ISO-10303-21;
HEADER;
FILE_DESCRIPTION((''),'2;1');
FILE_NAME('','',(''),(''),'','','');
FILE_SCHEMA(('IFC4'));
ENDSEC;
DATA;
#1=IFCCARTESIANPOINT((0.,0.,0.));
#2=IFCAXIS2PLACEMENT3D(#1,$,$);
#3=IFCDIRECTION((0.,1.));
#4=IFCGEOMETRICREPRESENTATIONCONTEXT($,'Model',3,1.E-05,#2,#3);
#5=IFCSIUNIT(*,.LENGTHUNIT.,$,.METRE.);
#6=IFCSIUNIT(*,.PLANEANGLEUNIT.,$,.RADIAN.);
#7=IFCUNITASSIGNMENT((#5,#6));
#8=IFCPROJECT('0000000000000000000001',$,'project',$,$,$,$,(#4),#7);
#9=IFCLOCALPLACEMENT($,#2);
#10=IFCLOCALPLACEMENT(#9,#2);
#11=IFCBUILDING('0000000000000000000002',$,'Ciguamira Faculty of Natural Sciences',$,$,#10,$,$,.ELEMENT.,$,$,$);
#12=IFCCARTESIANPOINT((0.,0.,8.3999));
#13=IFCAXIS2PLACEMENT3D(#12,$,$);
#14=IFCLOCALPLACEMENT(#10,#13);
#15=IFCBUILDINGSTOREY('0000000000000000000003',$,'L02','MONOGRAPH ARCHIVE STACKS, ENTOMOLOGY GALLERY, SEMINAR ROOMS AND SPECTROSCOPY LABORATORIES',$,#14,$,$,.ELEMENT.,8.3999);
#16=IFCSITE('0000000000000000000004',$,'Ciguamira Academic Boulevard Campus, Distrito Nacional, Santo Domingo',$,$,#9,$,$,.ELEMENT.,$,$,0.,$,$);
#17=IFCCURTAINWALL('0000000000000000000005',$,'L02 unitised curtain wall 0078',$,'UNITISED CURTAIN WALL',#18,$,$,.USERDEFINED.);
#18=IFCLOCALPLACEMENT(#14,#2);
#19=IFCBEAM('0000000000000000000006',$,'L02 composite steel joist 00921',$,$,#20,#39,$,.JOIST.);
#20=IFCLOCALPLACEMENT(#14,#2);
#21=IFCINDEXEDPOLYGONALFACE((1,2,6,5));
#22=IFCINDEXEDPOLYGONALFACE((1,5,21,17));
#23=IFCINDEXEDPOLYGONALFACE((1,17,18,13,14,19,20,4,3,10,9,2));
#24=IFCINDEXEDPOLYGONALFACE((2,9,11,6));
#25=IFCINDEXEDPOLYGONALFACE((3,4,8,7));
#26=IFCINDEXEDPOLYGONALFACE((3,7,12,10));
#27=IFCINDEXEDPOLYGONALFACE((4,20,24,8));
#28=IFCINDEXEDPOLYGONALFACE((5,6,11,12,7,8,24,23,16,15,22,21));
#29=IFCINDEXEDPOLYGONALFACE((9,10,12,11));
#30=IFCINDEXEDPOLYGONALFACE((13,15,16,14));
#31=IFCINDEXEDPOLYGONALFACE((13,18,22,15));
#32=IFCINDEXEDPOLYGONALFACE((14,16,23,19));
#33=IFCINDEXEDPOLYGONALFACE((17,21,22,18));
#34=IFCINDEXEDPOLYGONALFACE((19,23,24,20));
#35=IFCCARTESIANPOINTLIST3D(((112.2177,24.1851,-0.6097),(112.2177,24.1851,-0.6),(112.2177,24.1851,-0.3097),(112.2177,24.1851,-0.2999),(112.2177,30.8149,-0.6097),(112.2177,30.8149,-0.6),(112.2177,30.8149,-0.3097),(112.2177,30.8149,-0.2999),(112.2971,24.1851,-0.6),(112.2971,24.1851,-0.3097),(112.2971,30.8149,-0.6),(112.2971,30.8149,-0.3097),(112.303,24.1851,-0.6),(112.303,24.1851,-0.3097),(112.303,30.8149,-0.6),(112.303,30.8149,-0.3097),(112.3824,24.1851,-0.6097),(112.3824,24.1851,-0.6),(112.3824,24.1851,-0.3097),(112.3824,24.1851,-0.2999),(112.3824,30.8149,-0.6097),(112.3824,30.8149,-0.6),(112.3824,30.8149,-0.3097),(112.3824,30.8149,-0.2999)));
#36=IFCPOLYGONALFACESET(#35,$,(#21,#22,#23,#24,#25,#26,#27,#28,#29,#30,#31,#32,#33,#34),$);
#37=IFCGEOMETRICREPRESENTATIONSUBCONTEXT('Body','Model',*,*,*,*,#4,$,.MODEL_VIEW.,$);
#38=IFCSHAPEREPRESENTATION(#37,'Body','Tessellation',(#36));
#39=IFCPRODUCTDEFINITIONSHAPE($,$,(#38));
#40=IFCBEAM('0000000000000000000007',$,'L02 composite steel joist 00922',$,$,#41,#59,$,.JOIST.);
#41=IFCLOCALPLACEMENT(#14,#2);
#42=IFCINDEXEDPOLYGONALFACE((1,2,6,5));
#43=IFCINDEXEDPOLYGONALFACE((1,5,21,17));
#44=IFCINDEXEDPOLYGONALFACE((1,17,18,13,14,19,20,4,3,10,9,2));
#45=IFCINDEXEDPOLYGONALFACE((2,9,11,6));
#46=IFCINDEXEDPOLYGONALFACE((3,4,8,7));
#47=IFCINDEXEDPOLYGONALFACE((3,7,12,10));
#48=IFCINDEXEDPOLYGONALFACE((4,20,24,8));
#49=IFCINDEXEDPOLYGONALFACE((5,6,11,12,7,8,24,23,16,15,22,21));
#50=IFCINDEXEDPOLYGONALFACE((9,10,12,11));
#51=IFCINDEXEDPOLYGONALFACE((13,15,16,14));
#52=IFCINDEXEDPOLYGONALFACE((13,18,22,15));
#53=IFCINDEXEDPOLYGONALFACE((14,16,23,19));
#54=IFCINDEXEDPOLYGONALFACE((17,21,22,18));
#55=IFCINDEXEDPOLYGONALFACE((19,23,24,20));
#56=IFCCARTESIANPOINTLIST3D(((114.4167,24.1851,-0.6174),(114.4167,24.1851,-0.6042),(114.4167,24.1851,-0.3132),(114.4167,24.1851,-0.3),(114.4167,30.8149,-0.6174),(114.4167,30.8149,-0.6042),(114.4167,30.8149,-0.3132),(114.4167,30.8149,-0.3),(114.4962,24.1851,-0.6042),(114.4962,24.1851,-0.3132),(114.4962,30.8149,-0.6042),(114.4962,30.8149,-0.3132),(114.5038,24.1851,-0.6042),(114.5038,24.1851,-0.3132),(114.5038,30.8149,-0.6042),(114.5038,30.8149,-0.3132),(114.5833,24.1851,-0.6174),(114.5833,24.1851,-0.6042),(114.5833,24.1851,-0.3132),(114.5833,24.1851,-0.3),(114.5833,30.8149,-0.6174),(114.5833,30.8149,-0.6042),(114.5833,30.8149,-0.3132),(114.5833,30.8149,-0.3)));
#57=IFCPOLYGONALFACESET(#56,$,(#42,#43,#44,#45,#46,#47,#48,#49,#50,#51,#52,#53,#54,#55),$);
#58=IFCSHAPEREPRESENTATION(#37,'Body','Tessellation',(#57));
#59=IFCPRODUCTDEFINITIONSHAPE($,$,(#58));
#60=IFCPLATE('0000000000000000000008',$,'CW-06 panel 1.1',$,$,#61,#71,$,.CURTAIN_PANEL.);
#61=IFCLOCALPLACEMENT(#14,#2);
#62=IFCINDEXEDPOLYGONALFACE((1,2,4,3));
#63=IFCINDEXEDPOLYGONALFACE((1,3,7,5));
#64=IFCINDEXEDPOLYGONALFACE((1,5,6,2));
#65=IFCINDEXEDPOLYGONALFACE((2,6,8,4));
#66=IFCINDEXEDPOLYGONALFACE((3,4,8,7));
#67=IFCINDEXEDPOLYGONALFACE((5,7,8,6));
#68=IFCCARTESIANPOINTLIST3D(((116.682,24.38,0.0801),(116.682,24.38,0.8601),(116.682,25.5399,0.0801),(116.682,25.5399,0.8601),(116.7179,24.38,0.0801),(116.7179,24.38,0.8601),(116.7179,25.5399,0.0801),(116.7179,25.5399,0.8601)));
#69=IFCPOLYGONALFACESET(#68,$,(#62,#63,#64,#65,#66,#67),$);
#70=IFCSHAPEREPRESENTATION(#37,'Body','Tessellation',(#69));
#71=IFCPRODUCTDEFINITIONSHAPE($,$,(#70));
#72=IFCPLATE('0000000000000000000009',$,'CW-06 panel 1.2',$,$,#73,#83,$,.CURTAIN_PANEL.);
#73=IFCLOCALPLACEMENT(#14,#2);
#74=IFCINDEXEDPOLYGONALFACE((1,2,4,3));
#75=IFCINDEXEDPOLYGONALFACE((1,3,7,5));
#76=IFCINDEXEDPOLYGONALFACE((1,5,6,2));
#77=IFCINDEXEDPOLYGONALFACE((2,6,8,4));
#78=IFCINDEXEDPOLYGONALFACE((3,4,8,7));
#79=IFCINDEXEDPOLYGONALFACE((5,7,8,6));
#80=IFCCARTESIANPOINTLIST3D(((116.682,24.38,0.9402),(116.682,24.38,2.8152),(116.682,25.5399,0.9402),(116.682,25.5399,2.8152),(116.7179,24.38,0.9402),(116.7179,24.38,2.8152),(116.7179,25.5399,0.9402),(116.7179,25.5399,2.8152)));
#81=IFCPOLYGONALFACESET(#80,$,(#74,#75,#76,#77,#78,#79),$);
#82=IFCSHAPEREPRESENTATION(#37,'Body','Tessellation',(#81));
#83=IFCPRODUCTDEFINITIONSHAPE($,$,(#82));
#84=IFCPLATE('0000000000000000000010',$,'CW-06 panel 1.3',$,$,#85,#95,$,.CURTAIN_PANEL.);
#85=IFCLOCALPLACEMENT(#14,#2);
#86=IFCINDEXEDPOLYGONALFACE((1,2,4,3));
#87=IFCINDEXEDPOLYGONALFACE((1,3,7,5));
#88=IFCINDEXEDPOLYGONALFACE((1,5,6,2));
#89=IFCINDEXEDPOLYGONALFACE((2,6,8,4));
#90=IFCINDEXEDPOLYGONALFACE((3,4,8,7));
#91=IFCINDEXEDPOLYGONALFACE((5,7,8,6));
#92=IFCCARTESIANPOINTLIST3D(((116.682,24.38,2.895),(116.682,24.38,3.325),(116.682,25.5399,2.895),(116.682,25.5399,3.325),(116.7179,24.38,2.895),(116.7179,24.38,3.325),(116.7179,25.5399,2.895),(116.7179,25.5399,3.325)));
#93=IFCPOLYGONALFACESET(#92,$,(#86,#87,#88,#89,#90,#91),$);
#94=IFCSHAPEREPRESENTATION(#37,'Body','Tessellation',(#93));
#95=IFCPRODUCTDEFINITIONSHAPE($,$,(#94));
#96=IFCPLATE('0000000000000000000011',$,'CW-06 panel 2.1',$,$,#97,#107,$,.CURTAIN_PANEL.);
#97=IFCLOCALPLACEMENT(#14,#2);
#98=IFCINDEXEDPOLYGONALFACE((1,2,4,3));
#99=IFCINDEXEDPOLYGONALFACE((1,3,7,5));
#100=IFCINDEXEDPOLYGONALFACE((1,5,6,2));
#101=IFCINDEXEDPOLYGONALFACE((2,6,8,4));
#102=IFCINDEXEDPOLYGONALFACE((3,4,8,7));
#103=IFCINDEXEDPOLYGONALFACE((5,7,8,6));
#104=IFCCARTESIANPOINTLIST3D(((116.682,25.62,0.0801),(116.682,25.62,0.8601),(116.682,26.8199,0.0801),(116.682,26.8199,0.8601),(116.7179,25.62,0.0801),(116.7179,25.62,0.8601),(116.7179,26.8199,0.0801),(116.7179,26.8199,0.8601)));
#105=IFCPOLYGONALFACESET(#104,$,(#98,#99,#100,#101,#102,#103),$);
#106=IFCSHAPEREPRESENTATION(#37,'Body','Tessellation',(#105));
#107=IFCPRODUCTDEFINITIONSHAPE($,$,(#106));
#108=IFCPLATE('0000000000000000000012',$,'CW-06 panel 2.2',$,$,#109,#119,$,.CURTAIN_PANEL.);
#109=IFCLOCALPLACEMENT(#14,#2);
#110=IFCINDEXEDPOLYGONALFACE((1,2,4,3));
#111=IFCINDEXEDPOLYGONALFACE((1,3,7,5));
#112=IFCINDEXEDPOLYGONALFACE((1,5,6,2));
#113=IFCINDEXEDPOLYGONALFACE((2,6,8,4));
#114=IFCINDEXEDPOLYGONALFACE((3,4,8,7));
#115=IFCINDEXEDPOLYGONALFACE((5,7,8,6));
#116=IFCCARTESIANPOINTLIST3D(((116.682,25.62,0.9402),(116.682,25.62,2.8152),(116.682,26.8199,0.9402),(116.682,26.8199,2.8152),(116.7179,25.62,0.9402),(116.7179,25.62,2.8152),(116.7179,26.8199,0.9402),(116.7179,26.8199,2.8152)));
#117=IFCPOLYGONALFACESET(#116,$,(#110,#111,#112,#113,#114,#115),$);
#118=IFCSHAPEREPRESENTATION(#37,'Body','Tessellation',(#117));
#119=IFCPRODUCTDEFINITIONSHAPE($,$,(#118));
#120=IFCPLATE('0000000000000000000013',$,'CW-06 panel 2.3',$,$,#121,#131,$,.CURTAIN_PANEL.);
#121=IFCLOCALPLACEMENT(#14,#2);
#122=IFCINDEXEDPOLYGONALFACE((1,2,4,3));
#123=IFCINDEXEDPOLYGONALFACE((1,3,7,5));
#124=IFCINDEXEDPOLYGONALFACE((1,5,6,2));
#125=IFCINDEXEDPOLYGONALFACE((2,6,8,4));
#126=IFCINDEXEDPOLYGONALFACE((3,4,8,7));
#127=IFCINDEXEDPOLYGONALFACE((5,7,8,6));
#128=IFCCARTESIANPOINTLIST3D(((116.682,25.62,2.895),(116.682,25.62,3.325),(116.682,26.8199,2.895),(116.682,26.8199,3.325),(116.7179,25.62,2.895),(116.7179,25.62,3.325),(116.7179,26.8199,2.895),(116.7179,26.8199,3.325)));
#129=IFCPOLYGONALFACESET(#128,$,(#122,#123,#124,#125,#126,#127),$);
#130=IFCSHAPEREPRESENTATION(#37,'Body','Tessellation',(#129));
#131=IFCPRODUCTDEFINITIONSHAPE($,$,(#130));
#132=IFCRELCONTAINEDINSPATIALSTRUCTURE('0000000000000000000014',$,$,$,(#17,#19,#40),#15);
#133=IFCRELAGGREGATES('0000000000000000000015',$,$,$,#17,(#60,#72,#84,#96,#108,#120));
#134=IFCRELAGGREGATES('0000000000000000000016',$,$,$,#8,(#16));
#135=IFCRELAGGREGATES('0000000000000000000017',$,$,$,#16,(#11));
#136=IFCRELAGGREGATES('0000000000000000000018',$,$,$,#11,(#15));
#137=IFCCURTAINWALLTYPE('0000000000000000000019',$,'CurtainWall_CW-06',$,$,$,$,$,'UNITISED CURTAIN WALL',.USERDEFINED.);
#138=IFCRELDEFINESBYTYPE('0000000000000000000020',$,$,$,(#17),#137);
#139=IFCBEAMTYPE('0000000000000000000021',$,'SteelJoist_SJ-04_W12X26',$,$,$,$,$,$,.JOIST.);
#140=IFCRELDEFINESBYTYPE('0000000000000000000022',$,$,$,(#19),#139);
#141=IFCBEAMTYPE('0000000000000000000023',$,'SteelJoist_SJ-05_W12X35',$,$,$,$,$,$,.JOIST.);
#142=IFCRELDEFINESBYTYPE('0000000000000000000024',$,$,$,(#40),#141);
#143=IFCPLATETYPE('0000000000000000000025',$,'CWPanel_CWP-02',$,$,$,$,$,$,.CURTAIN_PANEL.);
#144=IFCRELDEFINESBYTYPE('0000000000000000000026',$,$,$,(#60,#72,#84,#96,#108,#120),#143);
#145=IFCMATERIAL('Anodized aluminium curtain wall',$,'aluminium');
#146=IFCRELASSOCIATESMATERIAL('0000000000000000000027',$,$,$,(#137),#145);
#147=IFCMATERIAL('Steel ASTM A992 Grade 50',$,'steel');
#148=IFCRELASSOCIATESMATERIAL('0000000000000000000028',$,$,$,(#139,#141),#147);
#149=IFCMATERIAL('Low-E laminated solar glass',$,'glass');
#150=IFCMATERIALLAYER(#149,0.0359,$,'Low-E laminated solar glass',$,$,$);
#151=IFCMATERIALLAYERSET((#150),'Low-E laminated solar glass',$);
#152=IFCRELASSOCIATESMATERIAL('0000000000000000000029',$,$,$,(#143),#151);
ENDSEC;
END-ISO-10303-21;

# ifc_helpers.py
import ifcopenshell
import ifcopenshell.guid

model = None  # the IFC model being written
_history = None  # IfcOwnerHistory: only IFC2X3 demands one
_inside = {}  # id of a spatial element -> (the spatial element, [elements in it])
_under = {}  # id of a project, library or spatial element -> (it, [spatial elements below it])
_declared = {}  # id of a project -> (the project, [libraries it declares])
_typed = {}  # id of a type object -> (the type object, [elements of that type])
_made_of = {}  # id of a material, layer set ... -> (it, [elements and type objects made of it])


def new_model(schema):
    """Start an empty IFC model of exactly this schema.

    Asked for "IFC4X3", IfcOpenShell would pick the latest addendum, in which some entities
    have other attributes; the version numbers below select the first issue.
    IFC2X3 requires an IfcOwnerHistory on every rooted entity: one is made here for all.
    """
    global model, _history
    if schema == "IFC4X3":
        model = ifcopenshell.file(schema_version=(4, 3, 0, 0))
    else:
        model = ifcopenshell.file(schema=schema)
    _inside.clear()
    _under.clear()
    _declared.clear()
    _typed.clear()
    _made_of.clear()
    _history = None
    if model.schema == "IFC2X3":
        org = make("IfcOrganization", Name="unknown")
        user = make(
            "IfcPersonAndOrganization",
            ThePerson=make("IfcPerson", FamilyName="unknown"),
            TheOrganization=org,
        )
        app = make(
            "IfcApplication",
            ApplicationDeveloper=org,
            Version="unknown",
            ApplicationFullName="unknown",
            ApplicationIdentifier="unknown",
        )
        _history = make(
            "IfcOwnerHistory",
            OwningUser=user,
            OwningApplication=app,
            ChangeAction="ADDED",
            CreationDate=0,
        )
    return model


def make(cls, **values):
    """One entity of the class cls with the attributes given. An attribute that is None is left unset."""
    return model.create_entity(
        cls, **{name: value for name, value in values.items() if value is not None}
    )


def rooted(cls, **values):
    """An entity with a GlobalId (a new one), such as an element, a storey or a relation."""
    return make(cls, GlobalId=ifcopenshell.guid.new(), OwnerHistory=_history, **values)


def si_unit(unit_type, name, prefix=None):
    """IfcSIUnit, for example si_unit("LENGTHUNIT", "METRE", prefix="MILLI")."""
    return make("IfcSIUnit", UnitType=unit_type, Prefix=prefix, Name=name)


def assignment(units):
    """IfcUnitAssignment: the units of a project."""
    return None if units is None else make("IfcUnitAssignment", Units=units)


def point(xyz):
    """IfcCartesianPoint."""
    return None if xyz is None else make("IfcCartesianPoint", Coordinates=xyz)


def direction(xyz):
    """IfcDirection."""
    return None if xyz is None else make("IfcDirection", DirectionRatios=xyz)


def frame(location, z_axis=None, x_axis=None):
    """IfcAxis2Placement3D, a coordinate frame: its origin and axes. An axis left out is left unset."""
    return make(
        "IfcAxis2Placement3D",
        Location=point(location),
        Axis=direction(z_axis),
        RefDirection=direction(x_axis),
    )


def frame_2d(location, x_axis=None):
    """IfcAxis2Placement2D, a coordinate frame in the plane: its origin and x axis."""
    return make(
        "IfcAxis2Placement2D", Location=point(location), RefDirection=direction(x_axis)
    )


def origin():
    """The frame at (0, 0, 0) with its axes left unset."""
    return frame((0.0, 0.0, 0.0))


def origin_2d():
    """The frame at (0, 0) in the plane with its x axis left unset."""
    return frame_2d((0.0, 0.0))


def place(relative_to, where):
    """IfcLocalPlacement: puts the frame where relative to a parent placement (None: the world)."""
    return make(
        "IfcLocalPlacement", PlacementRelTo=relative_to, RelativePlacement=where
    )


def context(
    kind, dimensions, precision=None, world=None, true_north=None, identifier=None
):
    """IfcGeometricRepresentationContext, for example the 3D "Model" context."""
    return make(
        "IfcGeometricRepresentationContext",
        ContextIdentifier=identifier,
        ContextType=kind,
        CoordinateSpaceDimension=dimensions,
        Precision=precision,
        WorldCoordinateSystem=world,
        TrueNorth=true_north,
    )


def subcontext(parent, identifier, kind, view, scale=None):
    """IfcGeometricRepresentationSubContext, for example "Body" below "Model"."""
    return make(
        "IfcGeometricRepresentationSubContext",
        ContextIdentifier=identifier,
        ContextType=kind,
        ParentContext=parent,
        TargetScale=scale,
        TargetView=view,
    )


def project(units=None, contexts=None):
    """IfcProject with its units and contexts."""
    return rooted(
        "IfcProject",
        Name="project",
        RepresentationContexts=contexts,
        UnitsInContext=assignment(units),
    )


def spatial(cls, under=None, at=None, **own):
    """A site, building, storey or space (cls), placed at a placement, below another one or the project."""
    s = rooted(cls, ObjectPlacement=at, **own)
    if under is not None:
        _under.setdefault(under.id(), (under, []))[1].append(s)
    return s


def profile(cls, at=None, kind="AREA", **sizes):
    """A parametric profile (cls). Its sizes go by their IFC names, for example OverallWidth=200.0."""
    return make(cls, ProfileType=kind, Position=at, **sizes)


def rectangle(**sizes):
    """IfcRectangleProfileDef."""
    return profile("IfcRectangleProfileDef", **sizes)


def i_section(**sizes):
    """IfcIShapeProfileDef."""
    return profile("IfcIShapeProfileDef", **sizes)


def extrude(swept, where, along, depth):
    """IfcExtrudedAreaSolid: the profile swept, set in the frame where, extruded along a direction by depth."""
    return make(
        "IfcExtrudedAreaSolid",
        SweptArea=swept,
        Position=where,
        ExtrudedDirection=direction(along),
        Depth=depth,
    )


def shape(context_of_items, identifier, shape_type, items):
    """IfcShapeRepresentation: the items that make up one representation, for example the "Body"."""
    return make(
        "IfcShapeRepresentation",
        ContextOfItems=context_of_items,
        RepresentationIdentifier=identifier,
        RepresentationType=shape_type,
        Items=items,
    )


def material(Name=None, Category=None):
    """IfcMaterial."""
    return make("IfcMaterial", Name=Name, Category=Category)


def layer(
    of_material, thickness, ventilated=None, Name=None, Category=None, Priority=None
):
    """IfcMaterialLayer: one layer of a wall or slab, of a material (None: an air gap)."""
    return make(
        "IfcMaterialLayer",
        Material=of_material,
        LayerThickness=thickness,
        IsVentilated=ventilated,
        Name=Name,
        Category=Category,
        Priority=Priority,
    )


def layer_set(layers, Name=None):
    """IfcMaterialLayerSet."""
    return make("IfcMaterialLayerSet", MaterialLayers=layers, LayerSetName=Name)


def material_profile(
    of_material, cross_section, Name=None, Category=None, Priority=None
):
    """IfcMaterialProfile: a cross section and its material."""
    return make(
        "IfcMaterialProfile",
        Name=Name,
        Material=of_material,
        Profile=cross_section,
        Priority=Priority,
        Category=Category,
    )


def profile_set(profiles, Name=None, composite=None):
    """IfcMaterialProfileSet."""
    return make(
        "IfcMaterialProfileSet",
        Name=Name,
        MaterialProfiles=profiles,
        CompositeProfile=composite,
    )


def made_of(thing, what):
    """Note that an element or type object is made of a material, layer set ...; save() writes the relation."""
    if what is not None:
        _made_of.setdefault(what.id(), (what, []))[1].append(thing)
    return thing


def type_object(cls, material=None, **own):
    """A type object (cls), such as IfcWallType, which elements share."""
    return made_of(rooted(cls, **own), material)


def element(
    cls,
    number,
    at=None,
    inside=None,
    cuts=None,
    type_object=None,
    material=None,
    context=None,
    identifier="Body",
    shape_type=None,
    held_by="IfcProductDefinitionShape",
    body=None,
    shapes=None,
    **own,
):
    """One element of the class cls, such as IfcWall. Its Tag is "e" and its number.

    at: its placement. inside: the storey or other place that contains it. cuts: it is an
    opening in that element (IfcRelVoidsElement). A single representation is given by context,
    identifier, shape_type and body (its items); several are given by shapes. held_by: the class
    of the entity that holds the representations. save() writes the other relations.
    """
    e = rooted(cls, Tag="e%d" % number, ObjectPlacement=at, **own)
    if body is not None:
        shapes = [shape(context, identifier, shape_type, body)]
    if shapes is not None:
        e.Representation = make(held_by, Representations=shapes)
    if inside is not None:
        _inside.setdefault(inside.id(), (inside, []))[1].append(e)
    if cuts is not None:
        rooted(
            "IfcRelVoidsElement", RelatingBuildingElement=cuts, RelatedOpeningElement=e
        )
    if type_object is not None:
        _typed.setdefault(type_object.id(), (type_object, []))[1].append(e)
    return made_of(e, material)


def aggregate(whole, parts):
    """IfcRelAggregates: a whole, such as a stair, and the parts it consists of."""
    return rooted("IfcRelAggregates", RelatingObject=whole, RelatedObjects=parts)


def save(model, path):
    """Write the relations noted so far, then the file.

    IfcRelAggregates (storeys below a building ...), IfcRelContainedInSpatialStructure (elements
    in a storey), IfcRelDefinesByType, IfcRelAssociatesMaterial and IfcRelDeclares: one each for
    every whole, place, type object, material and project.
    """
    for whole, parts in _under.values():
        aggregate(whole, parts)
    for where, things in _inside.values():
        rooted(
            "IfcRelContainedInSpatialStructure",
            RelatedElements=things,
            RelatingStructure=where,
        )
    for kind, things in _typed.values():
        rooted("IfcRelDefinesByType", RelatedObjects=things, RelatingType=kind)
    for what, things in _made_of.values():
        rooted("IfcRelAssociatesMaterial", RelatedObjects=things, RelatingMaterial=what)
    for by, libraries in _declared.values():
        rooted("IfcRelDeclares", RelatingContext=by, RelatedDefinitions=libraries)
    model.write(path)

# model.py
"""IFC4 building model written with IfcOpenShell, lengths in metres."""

from ifc_helpers import new_model, si_unit, direction, frame, origin, origin_2d, place, context, subcontext, project, spatial, rectangle, i_section, extrude, material, layer, layer_set, material_profile, profile_set, type_object, element, aggregate, save


model = new_model("IFC4")

# Units and contexts
model_context = context("Model", 3, precision=1e-05, world=origin(), true_north=direction((0.0, 1.0)))
body_context = subcontext(model_context, "Body", "Model", "MODEL_VIEW")
ifc_project = project(units=[si_unit("LENGTHUNIT", "METRE"), si_unit("PLANEANGLEUNIT", "RADIAN")], contexts=[model_context])

# Site, building, storey
site_placement = place(None, origin())
site = spatial("IfcSite", under=ifc_project, at=site_placement, Name="Ciguamira Academic Boulevard Campus, Distrito Nacional, Santo Domingo", CompositionType="ELEMENT", RefElevation=0.0)
building_placement = place(site_placement, origin())
building = spatial("IfcBuilding", under=site, at=building_placement, Name="Ciguamira Faculty of Natural Sciences", CompositionType="ELEMENT")
storey_placement = place(building_placement, frame((0.0, 0.0, 8.3999)))
storey = spatial("IfcBuildingStorey", under=building, at=storey_placement, Name="L02", Description="MONOGRAPH ARCHIVE STACKS, ENTOMOLOGY GALLERY, SEMINAR ROOMS AND SPECTROSCOPY LABORATORIES", CompositionType="ELEMENT", Elevation=8.3999)

# Curtain wall
ifc_material_1 = material(Name="Anodized aluminium curtain wall", Category="aluminium")
curtain_wall_type = type_object("IfcCurtainWallType", Name="CurtainWall_CW-06", ElementType="UNITISED CURTAIN WALL", PredefinedType="USERDEFINED", material=ifc_material_1)
curtain_wall_placement = place(storey_placement, origin())
curtain_wall = element("IfcCurtainWall", 1, at=curtain_wall_placement, inside=storey, type_object=curtain_wall_type, Name="L02 unitised curtain wall 0078", ObjectType="UNITISED CURTAIN WALL", PredefinedType="USERDEFINED")

# Beams
ifc_material_2 = material(Name="Steel ASTM A992 Grade 50", Category="steel")
ifc_material_profile_1 = material_profile(ifc_material_2, i_section(OverallWidth=0.1648, OverallDepth=0.3098, WebThickness=0.0059, FlangeThickness=0.0098, at=origin_2d()), Name="W12X26")
ifc_profile_set_1 = profile_set([ifc_material_profile_1], Name="Steel ASTM A992 Grade 50")
beam_type_1 = type_object("IfcBeamType", Name="SteelJoist_SJ-04_W12X26", PredefinedType="JOIST", material=ifc_profile_set_1)
beam_1_placement = place(storey_placement, frame((112.3, 24.1851, -0.4548), z_axis=(0.0, 1.0, 0.0), x_axis=(-1.0, 0.0, 0.0)))
element("IfcBeam", 2, at=beam_1_placement, inside=storey, type_object=beam_type_1, Name="L02 composite steel joist 00921", PredefinedType="JOIST", context=body_context, shape_type="SweptSolid", body=[
    extrude(i_section(OverallWidth=0.1648, OverallDepth=0.3098, WebThickness=0.0059, FlangeThickness=0.0098, at=origin_2d()), origin(), (0.0, 0.0, 1.0), 6.6299),
])
ifc_material_profile_2 = material_profile(ifc_material_2, i_section(OverallWidth=0.1665, OverallDepth=0.3174, WebThickness=0.0076, FlangeThickness=0.0132, at=origin_2d()), Name="W12X35")
ifc_profile_set_2 = profile_set([ifc_material_profile_2], Name="Steel ASTM A992 Grade 50")
beam_type_2 = type_object("IfcBeamType", Name="SteelJoist_SJ-05_W12X35", PredefinedType="JOIST", material=ifc_profile_set_2)
beam_2_placement = place(storey_placement, frame((114.5, 24.1851, -0.4587), z_axis=(0.0, 1.0, 0.0), x_axis=(-1.0, 0.0, 0.0)))
element("IfcBeam", 3, at=beam_2_placement, inside=storey, type_object=beam_type_2, Name="L02 composite steel joist 00922", PredefinedType="JOIST", context=body_context, shape_type="SweptSolid", body=[
    extrude(i_section(OverallWidth=0.1665, OverallDepth=0.3174, WebThickness=0.0076, FlangeThickness=0.0132, at=origin_2d()), origin(), (0.0, 0.0, 1.0), 6.6299),
])

# Plates
ifc_material_3 = material(Name="Low-E laminated solar glass", Category="glass")
ifc_layer = layer(ifc_material_3, 0.0359, Name="Low-E laminated solar glass")
ifc_layer_set = layer_set([ifc_layer], Name="Low-E laminated solar glass")
plate_type = type_object("IfcPlateType", Name="CWPanel_CWP-02", PredefinedType="CURTAIN_PANEL", material=ifc_layer_set)
plate_1_placement = place(storey_placement, frame((116.7, 24.96, 0.0801), z_axis=(0.0, 0.0, 1.0), x_axis=(0.0, 1.0, 0.0)))
plate_1 = element("IfcPlate", 4, at=plate_1_placement, type_object=plate_type, Name="CW-06 panel 1.1", PredefinedType="CURTAIN_PANEL", context=body_context, shape_type="SweptSolid", body=[
    extrude(rectangle(XDim=1.1599, YDim=0.0359, at=origin_2d()), origin(), (0.0, 0.0, 1.0), 0.78),
])
plate_2_placement = place(storey_placement, frame((116.7, 24.96, 0.9402), z_axis=(0.0, 0.0, 1.0), x_axis=(0.0, 1.0, 0.0)))
plate_2 = element("IfcPlate", 5, at=plate_2_placement, type_object=plate_type, Name="CW-06 panel 1.2", PredefinedType="CURTAIN_PANEL", context=body_context, shape_type="SweptSolid", body=[
    extrude(rectangle(XDim=1.1599, YDim=0.0359, at=origin_2d()), origin(), (0.0, 0.0, 1.0), 1.875),
])
plate_3_placement = place(storey_placement, frame((116.7, 24.96, 2.895), z_axis=(0.0, 0.0, 1.0), x_axis=(0.0, 1.0, 0.0)))
plate_3 = element("IfcPlate", 6, at=plate_3_placement, type_object=plate_type, Name="CW-06 panel 1.3", PredefinedType="CURTAIN_PANEL", context=body_context, shape_type="SweptSolid", body=[
    extrude(rectangle(XDim=1.1599, YDim=0.0359, at=origin_2d()), origin(), (0.0, 0.0, 1.0), 0.4299),
])
plate_4_placement = place(storey_placement, frame((116.7, 26.22, 0.0801), z_axis=(0.0, 0.0, 1.0), x_axis=(0.0, 1.0, 0.0)))
plate_4 = element("IfcPlate", 7, at=plate_4_placement, type_object=plate_type, Name="CW-06 panel 2.1", PredefinedType="CURTAIN_PANEL", context=body_context, shape_type="SweptSolid", body=[
    extrude(rectangle(XDim=1.2, YDim=0.0359, at=origin_2d()), origin(), (0.0, 0.0, 1.0), 0.78),
])
plate_5_placement = place(storey_placement, frame((116.7, 26.22, 0.9402), z_axis=(0.0, 0.0, 1.0), x_axis=(0.0, 1.0, 0.0)))
plate_5 = element("IfcPlate", 8, at=plate_5_placement, type_object=plate_type, Name="CW-06 panel 2.2", PredefinedType="CURTAIN_PANEL", context=body_context, shape_type="SweptSolid", body=[
    extrude(rectangle(XDim=1.2, YDim=0.0359, at=origin_2d()), origin(), (0.0, 0.0, 1.0), 1.875),
])
plate_6_placement = place(storey_placement, frame((116.7, 26.22, 2.895), z_axis=(0.0, 0.0, 1.0), x_axis=(0.0, 1.0, 0.0)))
plate_6 = element("IfcPlate", 9, at=plate_6_placement, type_object=plate_type, Name="CW-06 panel 2.3", PredefinedType="CURTAIN_PANEL", context=body_context, shape_type="SweptSolid", body=[
    extrude(rectangle(XDim=1.2, YDim=0.0359, at=origin_2d()), origin(), (0.0, 0.0, 1.0), 0.4299),
])
aggregate(curtain_wall, [plate_1, plate_2, plate_3, plate_4, plate_5, plate_6])

save(model, "model.ifc")
